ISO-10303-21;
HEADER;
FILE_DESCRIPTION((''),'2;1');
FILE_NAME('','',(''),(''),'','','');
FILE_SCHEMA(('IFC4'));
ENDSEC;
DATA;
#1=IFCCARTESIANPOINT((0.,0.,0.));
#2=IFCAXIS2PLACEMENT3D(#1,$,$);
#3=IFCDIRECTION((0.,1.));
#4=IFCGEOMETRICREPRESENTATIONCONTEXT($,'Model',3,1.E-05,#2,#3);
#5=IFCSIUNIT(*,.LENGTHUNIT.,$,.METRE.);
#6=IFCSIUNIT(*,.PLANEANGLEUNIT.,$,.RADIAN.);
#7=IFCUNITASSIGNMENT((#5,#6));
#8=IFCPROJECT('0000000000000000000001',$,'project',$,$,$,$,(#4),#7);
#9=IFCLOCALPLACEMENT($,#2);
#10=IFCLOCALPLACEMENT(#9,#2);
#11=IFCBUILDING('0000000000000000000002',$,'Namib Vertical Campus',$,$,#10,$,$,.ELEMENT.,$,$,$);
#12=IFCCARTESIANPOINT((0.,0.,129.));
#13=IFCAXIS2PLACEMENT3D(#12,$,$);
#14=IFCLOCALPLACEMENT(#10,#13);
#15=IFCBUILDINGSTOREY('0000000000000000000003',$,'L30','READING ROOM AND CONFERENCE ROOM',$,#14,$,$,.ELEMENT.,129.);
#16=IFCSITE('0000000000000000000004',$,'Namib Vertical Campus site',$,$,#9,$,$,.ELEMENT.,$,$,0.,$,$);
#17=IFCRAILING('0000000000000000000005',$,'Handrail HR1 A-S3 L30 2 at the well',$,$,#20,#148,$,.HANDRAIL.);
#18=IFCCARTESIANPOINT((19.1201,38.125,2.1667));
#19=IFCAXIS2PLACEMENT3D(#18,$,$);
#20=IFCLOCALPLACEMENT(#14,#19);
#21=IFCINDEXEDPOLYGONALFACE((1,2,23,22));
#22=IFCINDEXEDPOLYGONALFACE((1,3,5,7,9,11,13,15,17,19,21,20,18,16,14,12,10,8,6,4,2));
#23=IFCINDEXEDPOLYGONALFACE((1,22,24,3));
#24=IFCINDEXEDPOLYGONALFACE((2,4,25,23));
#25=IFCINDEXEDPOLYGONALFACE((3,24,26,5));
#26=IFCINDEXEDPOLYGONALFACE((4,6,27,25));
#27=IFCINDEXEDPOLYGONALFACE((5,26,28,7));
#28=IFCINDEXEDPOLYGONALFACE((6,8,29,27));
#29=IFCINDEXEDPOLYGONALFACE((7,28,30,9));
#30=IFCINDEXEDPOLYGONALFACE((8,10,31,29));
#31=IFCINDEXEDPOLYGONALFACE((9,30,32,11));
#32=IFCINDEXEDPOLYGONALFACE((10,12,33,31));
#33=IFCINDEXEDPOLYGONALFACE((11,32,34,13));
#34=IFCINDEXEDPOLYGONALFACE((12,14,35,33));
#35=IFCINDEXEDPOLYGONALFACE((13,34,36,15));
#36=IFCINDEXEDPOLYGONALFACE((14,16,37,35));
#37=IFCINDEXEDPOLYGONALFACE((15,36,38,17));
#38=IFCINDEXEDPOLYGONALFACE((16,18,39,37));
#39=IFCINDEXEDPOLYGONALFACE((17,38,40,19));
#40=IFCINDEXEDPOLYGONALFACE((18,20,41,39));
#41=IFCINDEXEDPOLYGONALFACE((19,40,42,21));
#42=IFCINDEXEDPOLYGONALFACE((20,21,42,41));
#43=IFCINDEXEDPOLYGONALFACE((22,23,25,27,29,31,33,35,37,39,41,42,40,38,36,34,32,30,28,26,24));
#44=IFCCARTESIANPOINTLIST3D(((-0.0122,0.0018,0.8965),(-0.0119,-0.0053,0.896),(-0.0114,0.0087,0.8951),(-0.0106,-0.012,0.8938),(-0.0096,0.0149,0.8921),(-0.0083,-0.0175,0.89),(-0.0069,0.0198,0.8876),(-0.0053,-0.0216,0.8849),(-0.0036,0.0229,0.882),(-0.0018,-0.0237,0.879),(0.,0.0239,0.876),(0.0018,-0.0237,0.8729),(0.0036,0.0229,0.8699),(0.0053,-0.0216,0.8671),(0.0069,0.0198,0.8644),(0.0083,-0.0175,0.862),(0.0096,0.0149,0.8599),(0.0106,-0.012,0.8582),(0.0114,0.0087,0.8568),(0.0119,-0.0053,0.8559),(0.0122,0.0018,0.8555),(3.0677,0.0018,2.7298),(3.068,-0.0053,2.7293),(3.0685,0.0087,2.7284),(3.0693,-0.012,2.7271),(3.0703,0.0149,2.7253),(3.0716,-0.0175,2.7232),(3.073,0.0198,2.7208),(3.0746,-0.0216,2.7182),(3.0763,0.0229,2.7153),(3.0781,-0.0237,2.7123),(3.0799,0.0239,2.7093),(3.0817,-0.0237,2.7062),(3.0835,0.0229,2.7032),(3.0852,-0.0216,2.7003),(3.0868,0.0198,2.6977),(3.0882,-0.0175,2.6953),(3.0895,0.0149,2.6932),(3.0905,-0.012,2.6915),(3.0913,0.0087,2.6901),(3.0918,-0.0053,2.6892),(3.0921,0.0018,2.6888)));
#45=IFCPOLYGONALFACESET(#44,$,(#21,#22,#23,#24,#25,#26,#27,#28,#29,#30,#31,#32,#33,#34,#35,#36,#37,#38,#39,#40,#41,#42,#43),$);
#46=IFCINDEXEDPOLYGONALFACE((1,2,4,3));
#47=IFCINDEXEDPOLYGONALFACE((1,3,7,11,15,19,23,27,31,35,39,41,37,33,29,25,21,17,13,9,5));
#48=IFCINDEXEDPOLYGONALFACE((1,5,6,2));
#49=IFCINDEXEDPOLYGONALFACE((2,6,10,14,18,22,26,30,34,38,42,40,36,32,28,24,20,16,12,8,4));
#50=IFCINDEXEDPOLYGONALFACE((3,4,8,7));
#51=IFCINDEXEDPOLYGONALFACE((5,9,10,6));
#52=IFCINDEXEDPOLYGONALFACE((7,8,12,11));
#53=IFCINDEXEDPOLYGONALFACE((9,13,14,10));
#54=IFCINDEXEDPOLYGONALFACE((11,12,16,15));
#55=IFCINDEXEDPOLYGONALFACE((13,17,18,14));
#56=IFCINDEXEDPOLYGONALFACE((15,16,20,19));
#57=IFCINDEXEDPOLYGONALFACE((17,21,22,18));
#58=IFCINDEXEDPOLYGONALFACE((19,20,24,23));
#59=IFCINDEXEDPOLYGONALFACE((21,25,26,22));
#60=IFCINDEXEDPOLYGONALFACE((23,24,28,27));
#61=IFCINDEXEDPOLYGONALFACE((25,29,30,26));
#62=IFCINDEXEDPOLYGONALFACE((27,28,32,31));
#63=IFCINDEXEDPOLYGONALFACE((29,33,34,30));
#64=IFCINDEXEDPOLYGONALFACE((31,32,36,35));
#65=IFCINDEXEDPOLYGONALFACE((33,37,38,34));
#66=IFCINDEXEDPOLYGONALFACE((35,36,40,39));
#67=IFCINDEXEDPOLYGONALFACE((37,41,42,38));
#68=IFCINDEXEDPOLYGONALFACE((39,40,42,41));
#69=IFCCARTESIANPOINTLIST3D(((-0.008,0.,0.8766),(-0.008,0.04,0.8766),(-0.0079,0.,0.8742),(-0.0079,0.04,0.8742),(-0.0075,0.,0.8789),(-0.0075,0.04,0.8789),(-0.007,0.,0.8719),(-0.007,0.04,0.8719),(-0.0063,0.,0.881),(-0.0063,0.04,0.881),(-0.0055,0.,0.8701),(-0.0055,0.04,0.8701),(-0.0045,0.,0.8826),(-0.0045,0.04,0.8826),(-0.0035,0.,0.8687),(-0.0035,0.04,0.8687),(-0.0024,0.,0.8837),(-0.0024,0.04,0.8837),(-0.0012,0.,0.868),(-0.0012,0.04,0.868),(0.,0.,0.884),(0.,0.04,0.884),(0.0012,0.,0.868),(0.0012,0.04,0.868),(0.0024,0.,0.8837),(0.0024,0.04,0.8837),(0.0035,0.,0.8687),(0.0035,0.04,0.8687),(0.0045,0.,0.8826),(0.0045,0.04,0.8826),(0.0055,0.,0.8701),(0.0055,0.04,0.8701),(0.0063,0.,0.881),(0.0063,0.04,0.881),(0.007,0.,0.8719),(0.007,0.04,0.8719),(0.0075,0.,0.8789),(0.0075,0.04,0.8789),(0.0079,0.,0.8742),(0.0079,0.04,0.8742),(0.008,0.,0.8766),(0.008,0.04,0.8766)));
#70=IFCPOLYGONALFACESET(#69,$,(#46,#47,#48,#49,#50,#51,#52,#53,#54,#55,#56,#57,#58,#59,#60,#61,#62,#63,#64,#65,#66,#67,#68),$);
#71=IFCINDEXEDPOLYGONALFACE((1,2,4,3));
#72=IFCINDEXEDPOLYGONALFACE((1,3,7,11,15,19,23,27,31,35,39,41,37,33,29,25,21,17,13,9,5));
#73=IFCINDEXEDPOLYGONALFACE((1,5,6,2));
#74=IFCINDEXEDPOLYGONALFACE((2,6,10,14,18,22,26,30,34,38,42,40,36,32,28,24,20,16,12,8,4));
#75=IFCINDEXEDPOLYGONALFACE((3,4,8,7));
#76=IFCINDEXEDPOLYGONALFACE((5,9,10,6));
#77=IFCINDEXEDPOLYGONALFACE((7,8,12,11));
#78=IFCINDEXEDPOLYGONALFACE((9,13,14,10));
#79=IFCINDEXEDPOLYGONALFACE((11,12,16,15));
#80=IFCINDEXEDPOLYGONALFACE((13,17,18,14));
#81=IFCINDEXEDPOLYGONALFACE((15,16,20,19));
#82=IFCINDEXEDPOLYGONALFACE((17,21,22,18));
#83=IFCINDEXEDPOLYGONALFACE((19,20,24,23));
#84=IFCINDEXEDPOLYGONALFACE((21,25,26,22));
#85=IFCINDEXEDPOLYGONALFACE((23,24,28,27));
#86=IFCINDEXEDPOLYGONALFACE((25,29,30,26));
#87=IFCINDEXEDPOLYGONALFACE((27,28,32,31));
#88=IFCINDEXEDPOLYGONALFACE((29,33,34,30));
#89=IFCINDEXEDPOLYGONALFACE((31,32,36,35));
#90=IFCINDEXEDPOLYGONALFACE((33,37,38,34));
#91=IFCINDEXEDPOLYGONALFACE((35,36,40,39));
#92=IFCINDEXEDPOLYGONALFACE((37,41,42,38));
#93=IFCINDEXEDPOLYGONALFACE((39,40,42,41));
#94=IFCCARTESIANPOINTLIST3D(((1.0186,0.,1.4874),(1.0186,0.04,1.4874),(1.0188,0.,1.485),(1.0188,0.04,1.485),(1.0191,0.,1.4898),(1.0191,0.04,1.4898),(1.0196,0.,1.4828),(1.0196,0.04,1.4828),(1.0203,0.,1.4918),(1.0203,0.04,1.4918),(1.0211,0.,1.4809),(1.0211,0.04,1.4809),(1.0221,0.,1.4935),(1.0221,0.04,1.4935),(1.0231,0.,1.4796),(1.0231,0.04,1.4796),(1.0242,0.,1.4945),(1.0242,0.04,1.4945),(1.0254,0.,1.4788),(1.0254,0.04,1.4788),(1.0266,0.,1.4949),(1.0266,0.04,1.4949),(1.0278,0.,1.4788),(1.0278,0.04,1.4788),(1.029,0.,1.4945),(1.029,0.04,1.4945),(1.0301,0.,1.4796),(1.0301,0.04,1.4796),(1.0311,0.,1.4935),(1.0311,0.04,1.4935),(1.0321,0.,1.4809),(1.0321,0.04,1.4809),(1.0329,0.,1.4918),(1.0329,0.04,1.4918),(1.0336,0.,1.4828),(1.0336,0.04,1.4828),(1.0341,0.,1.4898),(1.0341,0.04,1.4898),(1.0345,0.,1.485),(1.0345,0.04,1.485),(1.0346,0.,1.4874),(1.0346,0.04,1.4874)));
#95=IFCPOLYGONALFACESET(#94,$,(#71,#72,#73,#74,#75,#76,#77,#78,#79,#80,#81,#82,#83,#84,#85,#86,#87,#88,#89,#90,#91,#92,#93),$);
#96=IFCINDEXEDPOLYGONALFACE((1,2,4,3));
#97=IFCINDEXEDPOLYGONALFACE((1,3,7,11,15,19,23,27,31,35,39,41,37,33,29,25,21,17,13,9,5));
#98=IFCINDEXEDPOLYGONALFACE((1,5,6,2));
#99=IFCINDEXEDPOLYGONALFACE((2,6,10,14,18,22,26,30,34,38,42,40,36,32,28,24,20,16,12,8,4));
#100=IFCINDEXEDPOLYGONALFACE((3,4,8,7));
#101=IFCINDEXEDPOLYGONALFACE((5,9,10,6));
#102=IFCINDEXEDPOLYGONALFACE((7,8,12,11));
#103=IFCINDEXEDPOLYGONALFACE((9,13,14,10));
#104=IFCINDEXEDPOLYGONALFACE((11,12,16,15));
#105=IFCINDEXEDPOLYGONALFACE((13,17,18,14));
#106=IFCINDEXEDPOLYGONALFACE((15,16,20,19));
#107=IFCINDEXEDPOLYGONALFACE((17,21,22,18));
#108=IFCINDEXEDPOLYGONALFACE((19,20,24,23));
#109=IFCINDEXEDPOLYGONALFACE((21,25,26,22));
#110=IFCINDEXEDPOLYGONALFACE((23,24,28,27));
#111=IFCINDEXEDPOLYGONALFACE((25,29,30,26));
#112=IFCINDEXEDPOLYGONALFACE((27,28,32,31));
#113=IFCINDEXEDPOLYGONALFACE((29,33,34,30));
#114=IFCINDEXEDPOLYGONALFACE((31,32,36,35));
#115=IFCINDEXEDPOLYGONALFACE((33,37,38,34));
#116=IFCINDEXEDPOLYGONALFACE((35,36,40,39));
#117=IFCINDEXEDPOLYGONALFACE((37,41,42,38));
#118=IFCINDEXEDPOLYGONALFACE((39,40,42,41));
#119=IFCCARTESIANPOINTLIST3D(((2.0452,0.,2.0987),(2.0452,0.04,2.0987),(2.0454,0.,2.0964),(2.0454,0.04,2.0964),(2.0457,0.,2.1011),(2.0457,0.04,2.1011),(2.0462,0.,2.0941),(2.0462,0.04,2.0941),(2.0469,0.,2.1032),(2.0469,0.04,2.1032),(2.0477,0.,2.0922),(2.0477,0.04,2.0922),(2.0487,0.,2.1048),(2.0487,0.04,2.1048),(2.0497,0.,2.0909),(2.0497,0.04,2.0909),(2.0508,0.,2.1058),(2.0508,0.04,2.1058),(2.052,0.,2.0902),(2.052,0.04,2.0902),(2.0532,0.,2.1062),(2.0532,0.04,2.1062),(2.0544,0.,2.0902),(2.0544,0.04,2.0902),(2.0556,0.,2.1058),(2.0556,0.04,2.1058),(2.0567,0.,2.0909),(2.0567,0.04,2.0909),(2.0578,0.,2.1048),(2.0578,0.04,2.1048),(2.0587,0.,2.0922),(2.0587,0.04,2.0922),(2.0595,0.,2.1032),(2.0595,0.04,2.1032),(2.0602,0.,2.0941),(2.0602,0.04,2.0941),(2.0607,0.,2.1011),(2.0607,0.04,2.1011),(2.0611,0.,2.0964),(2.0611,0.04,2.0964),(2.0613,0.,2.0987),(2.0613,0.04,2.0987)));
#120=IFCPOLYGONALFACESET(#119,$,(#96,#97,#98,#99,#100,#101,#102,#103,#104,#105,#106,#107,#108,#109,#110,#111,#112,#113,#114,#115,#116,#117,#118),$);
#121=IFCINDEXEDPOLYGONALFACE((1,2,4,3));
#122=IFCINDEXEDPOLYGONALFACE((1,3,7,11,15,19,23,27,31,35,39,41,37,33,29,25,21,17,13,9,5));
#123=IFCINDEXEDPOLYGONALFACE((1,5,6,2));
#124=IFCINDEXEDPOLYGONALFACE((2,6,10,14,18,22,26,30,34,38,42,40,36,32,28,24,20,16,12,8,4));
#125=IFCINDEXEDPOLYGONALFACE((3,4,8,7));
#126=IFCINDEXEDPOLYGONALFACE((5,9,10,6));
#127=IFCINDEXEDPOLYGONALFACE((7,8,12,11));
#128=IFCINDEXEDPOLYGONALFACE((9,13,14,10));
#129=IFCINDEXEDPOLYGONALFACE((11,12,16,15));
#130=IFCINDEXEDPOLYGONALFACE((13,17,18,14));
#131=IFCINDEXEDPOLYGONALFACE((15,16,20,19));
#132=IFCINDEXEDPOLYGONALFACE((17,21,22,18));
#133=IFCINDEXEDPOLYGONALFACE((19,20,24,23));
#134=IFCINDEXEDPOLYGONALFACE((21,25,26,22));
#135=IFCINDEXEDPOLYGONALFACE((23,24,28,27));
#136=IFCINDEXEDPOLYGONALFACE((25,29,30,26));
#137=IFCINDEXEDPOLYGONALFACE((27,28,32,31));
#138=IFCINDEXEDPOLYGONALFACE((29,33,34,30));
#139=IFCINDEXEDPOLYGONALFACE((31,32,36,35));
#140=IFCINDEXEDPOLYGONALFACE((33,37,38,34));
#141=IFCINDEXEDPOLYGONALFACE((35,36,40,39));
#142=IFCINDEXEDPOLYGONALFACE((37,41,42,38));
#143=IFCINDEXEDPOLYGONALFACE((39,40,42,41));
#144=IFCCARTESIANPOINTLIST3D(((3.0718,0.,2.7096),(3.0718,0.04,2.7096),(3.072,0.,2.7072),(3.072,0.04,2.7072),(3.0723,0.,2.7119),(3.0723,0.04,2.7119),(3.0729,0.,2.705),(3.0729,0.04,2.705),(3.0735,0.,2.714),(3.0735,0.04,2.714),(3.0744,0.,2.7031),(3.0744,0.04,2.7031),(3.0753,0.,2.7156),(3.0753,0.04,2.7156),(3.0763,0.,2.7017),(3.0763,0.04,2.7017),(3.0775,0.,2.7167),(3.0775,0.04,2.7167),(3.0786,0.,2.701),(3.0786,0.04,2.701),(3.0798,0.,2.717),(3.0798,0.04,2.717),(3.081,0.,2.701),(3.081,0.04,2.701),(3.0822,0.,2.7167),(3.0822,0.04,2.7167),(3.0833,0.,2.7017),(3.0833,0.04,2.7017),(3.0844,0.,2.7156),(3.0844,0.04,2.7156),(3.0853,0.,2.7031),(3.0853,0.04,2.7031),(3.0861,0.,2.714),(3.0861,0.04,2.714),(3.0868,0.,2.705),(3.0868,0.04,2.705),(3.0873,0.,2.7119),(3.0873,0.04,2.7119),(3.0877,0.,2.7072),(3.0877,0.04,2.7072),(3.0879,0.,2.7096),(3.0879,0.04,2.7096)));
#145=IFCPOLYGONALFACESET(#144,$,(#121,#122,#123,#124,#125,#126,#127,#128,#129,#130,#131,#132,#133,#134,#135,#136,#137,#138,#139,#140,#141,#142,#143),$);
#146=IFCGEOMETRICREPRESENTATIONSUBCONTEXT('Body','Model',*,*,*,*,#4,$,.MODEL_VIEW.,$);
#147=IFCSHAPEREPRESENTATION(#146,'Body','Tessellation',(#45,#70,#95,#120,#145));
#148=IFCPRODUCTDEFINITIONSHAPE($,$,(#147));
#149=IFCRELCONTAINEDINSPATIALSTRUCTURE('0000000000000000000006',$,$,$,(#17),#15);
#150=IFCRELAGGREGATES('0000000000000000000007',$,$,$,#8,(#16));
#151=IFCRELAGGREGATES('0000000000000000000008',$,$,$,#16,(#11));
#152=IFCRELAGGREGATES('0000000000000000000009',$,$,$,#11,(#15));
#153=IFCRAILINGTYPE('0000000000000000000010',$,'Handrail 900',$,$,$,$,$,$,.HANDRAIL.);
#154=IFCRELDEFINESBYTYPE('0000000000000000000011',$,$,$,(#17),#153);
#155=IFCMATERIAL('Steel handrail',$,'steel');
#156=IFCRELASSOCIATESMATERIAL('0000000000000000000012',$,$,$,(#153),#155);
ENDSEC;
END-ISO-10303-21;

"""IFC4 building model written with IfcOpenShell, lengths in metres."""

from ifc_helpers import new_model, si_unit, direction, frame, origin, origin_2d, place, context, subcontext, project, spatial, circle, extrude, material, type_object, element, save


model = new_model("IFC4")

# Units and contexts
model_context = context("Model", 3, precision=1e-05, world=origin(), true_north=direction((0.0, 1.0)))
body_context = subcontext(model_context, "Body", "Model", "MODEL_VIEW")
ifc_project = project(units=[si_unit("LENGTHUNIT", "METRE"), si_unit("PLANEANGLEUNIT", "RADIAN")], contexts=[model_context])

# Site, building, storey
site_placement = place(None, origin())
site = spatial("IfcSite", under=ifc_project, at=site_placement, Name="Namib Vertical Campus site", CompositionType="ELEMENT", RefElevation=0.0)
building_placement = place(site_placement, origin())
building = spatial("IfcBuilding", under=site, at=building_placement, Name="Namib Vertical Campus", CompositionType="ELEMENT")
storey_placement = place(building_placement, frame((0.0, 0.0, 129.0)))
storey = spatial("IfcBuildingStorey", under=building, at=storey_placement, Name="L30", Description="READING ROOM AND CONFERENCE ROOM", CompositionType="ELEMENT", Elevation=129.0)

# Railing
ifc_material_1 = material(Name="Steel handrail", Category="steel")
railing_type_1 = type_object("IfcRailingType", Name="Handrail 900", PredefinedType="HANDRAIL", material=ifc_material_1)
railing_1_placement = place(storey_placement, frame((19.1201, 38.125, 2.1667)))
element("IfcRailing", 1, at=railing_1_placement, inside=storey, type_object=railing_type_1, Name="Handrail HR1 A-S3 L30 2 at the well", PredefinedType="HANDRAIL", context=body_context, shape_type="SweptSolid", body=[
    extrude(circle(Radius=0.0239, at=origin_2d()), frame((0.0, 0.0, 0.876), z_axis=(0.859291, 0.0, 0.511487), x_axis=(0.0, 1.0, 0.0)), (0.0, 0.0, 1.0), 3.5842),
    extrude(circle(Radius=0.0081, at=origin_2d()), frame((0.0, 0.0, 0.876), z_axis=(0.0, 1.0, 0.0), x_axis=(0.0, 0.0, 1.0)), (0.0, 0.0, 1.0), 0.04),
    extrude(circle(Radius=0.0081, at=origin_2d()), frame((1.0266, 0.0, 1.4868), z_axis=(0.0, 1.0, 0.0), x_axis=(0.0, 0.0, 1.0)), (0.0, 0.0, 1.0), 0.04),
    extrude(circle(Radius=0.0081, at=origin_2d()), frame((2.0532, 0.0, 2.0981), z_axis=(0.0, 1.0, 0.0), x_axis=(0.0, 0.0, 1.0)), (0.0, 0.0, 1.0), 0.04),
    extrude(circle(Radius=0.0081, at=origin_2d()), frame((3.0798, 0.0, 2.709), z_axis=(0.0, 1.0, 0.0), x_axis=(0.0, 0.0, 1.0)), (0.0, 0.0, 1.0), 0.04),
])

save(model, "model.ifc")
